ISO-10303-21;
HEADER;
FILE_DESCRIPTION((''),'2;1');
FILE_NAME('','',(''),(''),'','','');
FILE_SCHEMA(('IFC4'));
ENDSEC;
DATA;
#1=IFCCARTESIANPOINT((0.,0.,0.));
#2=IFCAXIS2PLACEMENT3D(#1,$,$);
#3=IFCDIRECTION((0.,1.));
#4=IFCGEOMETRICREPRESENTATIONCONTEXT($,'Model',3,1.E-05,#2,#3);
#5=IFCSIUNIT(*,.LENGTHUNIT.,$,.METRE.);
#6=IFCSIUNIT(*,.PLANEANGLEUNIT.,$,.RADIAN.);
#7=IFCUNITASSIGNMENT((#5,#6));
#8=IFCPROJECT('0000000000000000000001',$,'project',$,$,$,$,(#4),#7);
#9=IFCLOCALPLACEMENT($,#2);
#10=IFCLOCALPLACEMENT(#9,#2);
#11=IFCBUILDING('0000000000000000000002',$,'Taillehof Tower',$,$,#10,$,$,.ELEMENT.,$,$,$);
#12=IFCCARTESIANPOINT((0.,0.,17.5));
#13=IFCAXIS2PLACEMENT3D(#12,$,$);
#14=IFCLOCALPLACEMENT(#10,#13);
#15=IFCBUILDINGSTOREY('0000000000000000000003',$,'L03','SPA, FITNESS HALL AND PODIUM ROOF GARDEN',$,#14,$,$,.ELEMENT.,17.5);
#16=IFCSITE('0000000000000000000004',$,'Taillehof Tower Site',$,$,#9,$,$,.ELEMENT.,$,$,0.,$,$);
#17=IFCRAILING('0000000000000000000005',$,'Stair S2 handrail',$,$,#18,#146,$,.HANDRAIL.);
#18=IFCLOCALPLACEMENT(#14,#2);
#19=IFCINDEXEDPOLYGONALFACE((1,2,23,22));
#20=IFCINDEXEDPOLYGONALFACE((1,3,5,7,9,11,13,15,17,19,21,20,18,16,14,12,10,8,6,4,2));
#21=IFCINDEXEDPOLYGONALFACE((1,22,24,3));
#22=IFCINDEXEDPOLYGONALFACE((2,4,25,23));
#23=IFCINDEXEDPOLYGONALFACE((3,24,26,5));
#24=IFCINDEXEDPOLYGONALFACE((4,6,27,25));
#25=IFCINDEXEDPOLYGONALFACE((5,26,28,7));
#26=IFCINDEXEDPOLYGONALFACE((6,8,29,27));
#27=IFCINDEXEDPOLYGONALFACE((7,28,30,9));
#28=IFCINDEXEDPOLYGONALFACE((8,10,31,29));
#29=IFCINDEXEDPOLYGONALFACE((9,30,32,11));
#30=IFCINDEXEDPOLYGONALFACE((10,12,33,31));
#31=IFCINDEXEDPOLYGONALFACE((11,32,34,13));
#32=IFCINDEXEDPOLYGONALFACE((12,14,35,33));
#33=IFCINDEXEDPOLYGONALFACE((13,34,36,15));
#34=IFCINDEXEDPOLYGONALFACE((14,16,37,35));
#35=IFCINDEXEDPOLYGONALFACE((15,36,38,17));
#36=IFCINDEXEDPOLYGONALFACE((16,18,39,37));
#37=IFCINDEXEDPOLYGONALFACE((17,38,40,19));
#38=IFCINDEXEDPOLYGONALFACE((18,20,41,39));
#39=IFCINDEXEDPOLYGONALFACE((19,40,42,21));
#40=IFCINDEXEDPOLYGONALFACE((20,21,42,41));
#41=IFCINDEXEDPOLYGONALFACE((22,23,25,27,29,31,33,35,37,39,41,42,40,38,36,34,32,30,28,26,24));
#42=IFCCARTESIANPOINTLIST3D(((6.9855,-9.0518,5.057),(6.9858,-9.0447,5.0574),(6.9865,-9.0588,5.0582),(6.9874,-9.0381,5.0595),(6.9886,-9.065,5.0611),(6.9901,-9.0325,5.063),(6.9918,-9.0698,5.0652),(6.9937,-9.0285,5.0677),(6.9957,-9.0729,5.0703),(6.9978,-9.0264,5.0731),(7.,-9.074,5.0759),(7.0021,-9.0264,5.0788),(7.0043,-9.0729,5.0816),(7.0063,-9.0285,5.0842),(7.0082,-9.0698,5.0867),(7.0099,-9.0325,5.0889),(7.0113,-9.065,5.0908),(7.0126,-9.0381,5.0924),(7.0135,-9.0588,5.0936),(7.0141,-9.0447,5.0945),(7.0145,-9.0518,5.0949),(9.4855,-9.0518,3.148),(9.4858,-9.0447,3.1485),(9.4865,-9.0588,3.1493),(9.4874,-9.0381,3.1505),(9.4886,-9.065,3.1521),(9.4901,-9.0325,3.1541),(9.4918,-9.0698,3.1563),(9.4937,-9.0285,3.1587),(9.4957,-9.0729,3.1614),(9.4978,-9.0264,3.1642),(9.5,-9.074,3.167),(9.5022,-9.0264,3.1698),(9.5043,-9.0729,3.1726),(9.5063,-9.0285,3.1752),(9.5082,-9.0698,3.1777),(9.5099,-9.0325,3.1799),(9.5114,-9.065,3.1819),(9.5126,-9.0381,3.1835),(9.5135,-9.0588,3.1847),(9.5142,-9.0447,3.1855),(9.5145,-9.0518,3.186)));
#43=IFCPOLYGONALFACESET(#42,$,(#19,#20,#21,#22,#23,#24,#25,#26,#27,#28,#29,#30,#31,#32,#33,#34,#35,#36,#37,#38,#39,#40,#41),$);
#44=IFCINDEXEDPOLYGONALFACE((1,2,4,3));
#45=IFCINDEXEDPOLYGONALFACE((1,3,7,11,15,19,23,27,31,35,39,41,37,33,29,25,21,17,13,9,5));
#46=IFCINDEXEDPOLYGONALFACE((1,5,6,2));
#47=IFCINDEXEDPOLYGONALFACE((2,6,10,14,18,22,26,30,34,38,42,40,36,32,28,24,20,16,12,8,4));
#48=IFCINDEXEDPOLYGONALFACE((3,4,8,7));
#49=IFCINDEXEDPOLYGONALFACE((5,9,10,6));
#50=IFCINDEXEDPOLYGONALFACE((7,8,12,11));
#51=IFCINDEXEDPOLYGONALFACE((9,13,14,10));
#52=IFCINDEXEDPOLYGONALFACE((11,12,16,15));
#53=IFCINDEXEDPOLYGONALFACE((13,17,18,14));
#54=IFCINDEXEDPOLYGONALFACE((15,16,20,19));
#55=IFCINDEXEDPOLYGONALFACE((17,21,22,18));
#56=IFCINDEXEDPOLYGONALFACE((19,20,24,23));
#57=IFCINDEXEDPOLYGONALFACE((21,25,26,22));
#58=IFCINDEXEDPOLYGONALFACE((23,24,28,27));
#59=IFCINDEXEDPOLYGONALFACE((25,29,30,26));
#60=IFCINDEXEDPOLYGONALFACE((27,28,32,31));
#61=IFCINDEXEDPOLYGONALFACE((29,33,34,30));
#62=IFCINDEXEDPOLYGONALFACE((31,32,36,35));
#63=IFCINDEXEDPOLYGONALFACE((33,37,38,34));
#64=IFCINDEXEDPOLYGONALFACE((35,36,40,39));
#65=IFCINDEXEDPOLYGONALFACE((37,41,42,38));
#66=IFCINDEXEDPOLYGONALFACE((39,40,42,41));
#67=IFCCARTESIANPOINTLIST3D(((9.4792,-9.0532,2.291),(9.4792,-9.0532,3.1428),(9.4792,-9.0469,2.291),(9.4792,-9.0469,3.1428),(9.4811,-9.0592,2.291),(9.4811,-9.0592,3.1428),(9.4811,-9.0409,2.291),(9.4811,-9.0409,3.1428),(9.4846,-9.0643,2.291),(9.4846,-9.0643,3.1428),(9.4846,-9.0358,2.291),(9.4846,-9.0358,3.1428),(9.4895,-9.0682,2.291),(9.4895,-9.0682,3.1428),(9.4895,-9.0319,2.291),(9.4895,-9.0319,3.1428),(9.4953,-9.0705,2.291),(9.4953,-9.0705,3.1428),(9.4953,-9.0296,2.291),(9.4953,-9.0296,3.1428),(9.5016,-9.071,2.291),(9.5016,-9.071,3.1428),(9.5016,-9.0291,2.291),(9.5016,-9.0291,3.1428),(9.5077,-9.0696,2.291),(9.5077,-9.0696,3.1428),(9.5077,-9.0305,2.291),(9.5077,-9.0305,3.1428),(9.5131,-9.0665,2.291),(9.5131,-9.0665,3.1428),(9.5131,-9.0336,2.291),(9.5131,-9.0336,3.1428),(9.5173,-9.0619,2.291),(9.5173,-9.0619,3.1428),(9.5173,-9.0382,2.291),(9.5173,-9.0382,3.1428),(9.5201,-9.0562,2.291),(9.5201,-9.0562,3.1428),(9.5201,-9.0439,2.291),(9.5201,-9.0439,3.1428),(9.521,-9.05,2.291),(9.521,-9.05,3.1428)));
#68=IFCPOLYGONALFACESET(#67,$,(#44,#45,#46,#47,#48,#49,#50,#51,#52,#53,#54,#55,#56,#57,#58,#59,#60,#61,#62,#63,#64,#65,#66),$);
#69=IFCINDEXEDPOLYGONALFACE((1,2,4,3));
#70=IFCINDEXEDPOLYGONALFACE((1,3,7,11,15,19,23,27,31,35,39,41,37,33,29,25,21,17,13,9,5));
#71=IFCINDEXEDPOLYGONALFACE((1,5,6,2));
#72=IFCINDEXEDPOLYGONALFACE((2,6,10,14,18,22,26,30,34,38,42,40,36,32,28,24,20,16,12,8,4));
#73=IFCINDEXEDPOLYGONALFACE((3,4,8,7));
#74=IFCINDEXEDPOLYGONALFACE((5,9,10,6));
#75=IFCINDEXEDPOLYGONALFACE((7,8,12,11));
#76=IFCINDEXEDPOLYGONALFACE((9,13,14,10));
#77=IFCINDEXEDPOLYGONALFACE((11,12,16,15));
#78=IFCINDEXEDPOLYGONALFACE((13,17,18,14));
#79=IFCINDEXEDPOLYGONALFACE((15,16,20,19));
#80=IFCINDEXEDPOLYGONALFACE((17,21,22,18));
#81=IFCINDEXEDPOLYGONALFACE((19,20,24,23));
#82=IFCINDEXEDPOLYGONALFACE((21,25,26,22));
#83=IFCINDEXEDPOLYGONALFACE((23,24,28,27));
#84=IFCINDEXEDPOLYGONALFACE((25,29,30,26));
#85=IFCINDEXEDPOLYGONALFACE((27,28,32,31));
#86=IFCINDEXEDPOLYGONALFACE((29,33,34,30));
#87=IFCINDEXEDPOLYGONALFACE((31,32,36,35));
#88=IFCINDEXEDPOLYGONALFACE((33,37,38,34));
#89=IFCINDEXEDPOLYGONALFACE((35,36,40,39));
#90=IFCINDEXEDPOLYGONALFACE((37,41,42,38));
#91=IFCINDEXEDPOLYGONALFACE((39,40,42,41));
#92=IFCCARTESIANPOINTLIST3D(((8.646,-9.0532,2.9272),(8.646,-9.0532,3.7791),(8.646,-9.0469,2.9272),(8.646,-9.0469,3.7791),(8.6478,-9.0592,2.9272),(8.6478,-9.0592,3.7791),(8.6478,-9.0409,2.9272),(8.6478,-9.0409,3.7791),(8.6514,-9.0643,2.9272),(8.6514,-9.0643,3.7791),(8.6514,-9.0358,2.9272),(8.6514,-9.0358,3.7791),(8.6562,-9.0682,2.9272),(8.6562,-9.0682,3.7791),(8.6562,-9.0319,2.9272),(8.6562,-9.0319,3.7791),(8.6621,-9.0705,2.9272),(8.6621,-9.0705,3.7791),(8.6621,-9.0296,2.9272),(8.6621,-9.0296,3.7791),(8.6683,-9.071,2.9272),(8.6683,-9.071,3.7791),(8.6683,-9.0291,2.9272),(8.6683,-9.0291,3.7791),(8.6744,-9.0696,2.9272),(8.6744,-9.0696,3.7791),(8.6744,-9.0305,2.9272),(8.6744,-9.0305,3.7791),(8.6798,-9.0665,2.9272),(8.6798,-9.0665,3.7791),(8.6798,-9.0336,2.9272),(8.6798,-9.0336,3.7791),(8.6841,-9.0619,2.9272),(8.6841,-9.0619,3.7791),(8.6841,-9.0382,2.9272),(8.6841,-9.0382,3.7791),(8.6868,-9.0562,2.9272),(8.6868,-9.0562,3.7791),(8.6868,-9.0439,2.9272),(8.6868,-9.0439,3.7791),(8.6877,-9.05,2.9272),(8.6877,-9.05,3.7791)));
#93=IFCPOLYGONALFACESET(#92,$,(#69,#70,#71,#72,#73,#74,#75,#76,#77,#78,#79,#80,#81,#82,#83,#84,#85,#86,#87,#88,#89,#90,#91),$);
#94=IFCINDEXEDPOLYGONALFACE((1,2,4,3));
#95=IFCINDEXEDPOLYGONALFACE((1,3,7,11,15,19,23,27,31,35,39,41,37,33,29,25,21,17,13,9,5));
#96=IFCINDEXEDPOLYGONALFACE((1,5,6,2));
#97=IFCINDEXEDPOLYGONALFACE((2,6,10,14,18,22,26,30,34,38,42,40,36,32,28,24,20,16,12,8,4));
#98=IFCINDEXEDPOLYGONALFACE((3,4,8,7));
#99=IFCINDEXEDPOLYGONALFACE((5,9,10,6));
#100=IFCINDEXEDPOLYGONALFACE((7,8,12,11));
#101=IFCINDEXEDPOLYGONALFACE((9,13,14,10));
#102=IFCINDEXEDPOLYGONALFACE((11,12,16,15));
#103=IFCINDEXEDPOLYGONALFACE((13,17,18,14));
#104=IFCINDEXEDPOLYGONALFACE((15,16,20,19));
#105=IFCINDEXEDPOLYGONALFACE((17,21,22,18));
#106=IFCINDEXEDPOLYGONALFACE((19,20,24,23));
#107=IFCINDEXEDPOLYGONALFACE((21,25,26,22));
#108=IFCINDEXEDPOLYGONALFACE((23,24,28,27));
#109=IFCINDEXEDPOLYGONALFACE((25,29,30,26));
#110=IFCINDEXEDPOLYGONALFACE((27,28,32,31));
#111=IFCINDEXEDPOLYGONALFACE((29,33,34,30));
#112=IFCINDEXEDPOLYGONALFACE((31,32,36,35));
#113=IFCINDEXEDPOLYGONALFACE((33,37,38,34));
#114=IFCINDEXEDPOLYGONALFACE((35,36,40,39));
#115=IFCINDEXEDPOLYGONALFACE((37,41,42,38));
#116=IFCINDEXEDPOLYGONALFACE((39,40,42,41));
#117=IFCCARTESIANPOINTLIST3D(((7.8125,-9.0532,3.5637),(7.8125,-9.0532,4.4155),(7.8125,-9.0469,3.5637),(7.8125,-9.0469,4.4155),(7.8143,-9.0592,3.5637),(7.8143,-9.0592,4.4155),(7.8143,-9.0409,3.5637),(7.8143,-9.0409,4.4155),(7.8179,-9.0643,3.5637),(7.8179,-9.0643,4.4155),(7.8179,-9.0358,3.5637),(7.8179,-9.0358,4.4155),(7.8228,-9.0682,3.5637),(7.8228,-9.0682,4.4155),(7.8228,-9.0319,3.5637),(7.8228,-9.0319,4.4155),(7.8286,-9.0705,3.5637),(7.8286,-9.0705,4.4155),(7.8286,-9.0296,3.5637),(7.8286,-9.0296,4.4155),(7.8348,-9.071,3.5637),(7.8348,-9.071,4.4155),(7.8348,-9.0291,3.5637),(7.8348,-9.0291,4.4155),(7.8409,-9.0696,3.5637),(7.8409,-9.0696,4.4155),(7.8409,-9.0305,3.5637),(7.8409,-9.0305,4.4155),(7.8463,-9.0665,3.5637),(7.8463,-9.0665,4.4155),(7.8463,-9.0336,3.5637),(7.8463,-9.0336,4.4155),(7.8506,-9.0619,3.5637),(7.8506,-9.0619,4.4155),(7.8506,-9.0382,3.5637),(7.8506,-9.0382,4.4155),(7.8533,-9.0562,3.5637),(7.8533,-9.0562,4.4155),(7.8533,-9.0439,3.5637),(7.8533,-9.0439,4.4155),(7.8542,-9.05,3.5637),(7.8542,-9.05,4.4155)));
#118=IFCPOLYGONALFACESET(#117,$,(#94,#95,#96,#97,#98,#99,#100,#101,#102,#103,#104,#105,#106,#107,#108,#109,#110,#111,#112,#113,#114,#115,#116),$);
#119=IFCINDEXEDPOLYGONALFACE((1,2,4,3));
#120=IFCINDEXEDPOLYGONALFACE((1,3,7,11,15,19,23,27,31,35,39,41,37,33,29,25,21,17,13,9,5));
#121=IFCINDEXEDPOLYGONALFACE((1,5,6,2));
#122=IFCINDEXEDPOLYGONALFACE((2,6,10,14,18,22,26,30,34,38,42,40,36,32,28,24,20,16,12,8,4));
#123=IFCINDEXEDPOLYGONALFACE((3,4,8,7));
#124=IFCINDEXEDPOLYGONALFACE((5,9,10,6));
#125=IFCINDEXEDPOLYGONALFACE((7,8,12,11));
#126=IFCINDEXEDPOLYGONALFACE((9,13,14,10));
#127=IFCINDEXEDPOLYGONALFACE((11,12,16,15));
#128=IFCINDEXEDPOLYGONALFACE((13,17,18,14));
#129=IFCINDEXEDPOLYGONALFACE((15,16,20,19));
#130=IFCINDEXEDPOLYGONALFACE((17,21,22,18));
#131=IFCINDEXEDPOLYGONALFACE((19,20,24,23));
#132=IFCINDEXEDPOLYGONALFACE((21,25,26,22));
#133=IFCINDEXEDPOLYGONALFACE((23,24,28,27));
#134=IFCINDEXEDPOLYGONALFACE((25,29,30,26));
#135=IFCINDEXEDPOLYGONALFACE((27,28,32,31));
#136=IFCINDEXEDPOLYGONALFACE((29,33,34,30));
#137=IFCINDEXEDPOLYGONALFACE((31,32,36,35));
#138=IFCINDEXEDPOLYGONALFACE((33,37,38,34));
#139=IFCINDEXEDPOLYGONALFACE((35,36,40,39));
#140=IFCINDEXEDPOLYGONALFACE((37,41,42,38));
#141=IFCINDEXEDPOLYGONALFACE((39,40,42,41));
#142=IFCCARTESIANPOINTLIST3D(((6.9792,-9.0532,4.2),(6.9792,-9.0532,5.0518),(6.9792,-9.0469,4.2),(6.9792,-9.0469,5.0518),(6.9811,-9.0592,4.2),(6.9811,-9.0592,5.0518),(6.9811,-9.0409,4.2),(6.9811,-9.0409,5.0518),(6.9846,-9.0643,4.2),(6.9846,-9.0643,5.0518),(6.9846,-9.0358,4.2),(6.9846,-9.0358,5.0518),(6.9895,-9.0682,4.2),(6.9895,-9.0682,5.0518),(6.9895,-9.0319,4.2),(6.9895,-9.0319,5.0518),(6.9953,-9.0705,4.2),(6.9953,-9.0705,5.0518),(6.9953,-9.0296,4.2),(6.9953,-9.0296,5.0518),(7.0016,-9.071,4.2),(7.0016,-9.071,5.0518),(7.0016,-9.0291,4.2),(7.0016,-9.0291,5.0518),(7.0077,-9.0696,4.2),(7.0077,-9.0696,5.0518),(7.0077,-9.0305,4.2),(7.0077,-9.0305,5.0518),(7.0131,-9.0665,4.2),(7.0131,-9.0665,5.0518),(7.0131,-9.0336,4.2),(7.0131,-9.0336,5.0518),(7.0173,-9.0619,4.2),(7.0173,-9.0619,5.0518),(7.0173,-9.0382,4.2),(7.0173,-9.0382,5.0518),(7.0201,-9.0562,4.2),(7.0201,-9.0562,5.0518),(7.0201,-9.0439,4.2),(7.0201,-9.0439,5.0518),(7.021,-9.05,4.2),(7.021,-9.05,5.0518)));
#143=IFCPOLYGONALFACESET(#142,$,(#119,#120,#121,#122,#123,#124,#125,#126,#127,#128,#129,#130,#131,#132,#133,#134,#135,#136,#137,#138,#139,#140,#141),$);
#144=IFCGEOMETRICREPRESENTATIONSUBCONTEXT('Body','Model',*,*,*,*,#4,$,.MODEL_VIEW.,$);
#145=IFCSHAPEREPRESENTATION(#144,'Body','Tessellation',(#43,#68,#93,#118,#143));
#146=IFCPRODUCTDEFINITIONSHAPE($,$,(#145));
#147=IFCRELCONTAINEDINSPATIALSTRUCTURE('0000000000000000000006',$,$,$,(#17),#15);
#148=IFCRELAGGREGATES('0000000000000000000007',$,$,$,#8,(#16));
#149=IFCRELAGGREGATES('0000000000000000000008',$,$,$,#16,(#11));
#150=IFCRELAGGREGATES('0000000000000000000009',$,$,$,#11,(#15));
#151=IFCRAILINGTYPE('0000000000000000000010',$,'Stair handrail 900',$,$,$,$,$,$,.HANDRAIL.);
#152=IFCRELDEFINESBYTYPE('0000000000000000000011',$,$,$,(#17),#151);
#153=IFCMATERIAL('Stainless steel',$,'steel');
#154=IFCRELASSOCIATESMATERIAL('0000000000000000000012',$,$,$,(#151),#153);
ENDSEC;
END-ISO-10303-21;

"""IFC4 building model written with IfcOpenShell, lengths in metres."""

from ifc_helpers import new_model, si_unit, direction, frame, origin, origin_2d, place, context, subcontext, project, spatial, circle, extrude, material, type_object, element, save


model = new_model("IFC4")

# Units and contexts
model_context = context("Model", 3, precision=1e-05, world=origin(), true_north=direction((0.0, 1.0)))
body_context = subcontext(model_context, "Body", "Model", "MODEL_VIEW")
ifc_project = project(units=[si_unit("LENGTHUNIT", "METRE"), si_unit("PLANEANGLEUNIT", "RADIAN")], contexts=[model_context])

# Site, building, storey
site_placement = place(None, origin())
site = spatial("IfcSite", under=ifc_project, at=site_placement, Name="Taillehof Tower Site", CompositionType="ELEMENT", RefElevation=0.0)
building_placement = place(site_placement, origin())
building = spatial("IfcBuilding", under=site, at=building_placement, Name="Taillehof Tower", CompositionType="ELEMENT")
storey_placement = place(building_placement, frame((0.0, 0.0, 17.5)))
storey = spatial("IfcBuildingStorey", under=building, at=storey_placement, Name="L03", Description="SPA, FITNESS HALL AND PODIUM ROOF GARDEN", CompositionType="ELEMENT", Elevation=17.5)

# Railing
ifc_material_1 = material(Name="Stainless steel", Category="steel")
railing_type = type_object("IfcRailingType", Name="Stair handrail 900", PredefinedType="HANDRAIL", material=ifc_material_1)
railing_1_placement = place(storey_placement, frame((9.5, -9.05, 2.291)))
element("IfcRailing", 1, at=railing_1_placement, inside=storey, type_object=railing_type, Name="Stair S2 handrail", PredefinedType="HANDRAIL", context=body_context, shape_type="SweptSolid", body=[
    extrude(circle(Radius=0.0239, at=origin_2d()), frame((0.0, 0.0, 0.876), z_axis=(-0.794792, 0.0, 0.606882), x_axis=(0.0, -1.0, 0.0)), (0.0, 0.0, 1.0), 3.1455),
    extrude(circle(Radius=0.021, at=origin_2d()), origin(), (0.0, 0.0, 1.0), 0.8518),
    extrude(circle(Radius=0.021, at=origin_2d()), frame((-0.8333, 0.0, 0.6362)), (0.0, 0.0, 1.0), 0.8518),
    extrude(circle(Radius=0.021, at=origin_2d()), frame((-1.6667, 0.0, 1.2727)), (0.0, 0.0, 1.0), 0.8518),
    extrude(circle(Radius=0.021, at=origin_2d()), frame((-2.5, 0.0, 1.9089)), (0.0, 0.0, 1.0), 0.8518),
])

save(model, "model.ifc")
